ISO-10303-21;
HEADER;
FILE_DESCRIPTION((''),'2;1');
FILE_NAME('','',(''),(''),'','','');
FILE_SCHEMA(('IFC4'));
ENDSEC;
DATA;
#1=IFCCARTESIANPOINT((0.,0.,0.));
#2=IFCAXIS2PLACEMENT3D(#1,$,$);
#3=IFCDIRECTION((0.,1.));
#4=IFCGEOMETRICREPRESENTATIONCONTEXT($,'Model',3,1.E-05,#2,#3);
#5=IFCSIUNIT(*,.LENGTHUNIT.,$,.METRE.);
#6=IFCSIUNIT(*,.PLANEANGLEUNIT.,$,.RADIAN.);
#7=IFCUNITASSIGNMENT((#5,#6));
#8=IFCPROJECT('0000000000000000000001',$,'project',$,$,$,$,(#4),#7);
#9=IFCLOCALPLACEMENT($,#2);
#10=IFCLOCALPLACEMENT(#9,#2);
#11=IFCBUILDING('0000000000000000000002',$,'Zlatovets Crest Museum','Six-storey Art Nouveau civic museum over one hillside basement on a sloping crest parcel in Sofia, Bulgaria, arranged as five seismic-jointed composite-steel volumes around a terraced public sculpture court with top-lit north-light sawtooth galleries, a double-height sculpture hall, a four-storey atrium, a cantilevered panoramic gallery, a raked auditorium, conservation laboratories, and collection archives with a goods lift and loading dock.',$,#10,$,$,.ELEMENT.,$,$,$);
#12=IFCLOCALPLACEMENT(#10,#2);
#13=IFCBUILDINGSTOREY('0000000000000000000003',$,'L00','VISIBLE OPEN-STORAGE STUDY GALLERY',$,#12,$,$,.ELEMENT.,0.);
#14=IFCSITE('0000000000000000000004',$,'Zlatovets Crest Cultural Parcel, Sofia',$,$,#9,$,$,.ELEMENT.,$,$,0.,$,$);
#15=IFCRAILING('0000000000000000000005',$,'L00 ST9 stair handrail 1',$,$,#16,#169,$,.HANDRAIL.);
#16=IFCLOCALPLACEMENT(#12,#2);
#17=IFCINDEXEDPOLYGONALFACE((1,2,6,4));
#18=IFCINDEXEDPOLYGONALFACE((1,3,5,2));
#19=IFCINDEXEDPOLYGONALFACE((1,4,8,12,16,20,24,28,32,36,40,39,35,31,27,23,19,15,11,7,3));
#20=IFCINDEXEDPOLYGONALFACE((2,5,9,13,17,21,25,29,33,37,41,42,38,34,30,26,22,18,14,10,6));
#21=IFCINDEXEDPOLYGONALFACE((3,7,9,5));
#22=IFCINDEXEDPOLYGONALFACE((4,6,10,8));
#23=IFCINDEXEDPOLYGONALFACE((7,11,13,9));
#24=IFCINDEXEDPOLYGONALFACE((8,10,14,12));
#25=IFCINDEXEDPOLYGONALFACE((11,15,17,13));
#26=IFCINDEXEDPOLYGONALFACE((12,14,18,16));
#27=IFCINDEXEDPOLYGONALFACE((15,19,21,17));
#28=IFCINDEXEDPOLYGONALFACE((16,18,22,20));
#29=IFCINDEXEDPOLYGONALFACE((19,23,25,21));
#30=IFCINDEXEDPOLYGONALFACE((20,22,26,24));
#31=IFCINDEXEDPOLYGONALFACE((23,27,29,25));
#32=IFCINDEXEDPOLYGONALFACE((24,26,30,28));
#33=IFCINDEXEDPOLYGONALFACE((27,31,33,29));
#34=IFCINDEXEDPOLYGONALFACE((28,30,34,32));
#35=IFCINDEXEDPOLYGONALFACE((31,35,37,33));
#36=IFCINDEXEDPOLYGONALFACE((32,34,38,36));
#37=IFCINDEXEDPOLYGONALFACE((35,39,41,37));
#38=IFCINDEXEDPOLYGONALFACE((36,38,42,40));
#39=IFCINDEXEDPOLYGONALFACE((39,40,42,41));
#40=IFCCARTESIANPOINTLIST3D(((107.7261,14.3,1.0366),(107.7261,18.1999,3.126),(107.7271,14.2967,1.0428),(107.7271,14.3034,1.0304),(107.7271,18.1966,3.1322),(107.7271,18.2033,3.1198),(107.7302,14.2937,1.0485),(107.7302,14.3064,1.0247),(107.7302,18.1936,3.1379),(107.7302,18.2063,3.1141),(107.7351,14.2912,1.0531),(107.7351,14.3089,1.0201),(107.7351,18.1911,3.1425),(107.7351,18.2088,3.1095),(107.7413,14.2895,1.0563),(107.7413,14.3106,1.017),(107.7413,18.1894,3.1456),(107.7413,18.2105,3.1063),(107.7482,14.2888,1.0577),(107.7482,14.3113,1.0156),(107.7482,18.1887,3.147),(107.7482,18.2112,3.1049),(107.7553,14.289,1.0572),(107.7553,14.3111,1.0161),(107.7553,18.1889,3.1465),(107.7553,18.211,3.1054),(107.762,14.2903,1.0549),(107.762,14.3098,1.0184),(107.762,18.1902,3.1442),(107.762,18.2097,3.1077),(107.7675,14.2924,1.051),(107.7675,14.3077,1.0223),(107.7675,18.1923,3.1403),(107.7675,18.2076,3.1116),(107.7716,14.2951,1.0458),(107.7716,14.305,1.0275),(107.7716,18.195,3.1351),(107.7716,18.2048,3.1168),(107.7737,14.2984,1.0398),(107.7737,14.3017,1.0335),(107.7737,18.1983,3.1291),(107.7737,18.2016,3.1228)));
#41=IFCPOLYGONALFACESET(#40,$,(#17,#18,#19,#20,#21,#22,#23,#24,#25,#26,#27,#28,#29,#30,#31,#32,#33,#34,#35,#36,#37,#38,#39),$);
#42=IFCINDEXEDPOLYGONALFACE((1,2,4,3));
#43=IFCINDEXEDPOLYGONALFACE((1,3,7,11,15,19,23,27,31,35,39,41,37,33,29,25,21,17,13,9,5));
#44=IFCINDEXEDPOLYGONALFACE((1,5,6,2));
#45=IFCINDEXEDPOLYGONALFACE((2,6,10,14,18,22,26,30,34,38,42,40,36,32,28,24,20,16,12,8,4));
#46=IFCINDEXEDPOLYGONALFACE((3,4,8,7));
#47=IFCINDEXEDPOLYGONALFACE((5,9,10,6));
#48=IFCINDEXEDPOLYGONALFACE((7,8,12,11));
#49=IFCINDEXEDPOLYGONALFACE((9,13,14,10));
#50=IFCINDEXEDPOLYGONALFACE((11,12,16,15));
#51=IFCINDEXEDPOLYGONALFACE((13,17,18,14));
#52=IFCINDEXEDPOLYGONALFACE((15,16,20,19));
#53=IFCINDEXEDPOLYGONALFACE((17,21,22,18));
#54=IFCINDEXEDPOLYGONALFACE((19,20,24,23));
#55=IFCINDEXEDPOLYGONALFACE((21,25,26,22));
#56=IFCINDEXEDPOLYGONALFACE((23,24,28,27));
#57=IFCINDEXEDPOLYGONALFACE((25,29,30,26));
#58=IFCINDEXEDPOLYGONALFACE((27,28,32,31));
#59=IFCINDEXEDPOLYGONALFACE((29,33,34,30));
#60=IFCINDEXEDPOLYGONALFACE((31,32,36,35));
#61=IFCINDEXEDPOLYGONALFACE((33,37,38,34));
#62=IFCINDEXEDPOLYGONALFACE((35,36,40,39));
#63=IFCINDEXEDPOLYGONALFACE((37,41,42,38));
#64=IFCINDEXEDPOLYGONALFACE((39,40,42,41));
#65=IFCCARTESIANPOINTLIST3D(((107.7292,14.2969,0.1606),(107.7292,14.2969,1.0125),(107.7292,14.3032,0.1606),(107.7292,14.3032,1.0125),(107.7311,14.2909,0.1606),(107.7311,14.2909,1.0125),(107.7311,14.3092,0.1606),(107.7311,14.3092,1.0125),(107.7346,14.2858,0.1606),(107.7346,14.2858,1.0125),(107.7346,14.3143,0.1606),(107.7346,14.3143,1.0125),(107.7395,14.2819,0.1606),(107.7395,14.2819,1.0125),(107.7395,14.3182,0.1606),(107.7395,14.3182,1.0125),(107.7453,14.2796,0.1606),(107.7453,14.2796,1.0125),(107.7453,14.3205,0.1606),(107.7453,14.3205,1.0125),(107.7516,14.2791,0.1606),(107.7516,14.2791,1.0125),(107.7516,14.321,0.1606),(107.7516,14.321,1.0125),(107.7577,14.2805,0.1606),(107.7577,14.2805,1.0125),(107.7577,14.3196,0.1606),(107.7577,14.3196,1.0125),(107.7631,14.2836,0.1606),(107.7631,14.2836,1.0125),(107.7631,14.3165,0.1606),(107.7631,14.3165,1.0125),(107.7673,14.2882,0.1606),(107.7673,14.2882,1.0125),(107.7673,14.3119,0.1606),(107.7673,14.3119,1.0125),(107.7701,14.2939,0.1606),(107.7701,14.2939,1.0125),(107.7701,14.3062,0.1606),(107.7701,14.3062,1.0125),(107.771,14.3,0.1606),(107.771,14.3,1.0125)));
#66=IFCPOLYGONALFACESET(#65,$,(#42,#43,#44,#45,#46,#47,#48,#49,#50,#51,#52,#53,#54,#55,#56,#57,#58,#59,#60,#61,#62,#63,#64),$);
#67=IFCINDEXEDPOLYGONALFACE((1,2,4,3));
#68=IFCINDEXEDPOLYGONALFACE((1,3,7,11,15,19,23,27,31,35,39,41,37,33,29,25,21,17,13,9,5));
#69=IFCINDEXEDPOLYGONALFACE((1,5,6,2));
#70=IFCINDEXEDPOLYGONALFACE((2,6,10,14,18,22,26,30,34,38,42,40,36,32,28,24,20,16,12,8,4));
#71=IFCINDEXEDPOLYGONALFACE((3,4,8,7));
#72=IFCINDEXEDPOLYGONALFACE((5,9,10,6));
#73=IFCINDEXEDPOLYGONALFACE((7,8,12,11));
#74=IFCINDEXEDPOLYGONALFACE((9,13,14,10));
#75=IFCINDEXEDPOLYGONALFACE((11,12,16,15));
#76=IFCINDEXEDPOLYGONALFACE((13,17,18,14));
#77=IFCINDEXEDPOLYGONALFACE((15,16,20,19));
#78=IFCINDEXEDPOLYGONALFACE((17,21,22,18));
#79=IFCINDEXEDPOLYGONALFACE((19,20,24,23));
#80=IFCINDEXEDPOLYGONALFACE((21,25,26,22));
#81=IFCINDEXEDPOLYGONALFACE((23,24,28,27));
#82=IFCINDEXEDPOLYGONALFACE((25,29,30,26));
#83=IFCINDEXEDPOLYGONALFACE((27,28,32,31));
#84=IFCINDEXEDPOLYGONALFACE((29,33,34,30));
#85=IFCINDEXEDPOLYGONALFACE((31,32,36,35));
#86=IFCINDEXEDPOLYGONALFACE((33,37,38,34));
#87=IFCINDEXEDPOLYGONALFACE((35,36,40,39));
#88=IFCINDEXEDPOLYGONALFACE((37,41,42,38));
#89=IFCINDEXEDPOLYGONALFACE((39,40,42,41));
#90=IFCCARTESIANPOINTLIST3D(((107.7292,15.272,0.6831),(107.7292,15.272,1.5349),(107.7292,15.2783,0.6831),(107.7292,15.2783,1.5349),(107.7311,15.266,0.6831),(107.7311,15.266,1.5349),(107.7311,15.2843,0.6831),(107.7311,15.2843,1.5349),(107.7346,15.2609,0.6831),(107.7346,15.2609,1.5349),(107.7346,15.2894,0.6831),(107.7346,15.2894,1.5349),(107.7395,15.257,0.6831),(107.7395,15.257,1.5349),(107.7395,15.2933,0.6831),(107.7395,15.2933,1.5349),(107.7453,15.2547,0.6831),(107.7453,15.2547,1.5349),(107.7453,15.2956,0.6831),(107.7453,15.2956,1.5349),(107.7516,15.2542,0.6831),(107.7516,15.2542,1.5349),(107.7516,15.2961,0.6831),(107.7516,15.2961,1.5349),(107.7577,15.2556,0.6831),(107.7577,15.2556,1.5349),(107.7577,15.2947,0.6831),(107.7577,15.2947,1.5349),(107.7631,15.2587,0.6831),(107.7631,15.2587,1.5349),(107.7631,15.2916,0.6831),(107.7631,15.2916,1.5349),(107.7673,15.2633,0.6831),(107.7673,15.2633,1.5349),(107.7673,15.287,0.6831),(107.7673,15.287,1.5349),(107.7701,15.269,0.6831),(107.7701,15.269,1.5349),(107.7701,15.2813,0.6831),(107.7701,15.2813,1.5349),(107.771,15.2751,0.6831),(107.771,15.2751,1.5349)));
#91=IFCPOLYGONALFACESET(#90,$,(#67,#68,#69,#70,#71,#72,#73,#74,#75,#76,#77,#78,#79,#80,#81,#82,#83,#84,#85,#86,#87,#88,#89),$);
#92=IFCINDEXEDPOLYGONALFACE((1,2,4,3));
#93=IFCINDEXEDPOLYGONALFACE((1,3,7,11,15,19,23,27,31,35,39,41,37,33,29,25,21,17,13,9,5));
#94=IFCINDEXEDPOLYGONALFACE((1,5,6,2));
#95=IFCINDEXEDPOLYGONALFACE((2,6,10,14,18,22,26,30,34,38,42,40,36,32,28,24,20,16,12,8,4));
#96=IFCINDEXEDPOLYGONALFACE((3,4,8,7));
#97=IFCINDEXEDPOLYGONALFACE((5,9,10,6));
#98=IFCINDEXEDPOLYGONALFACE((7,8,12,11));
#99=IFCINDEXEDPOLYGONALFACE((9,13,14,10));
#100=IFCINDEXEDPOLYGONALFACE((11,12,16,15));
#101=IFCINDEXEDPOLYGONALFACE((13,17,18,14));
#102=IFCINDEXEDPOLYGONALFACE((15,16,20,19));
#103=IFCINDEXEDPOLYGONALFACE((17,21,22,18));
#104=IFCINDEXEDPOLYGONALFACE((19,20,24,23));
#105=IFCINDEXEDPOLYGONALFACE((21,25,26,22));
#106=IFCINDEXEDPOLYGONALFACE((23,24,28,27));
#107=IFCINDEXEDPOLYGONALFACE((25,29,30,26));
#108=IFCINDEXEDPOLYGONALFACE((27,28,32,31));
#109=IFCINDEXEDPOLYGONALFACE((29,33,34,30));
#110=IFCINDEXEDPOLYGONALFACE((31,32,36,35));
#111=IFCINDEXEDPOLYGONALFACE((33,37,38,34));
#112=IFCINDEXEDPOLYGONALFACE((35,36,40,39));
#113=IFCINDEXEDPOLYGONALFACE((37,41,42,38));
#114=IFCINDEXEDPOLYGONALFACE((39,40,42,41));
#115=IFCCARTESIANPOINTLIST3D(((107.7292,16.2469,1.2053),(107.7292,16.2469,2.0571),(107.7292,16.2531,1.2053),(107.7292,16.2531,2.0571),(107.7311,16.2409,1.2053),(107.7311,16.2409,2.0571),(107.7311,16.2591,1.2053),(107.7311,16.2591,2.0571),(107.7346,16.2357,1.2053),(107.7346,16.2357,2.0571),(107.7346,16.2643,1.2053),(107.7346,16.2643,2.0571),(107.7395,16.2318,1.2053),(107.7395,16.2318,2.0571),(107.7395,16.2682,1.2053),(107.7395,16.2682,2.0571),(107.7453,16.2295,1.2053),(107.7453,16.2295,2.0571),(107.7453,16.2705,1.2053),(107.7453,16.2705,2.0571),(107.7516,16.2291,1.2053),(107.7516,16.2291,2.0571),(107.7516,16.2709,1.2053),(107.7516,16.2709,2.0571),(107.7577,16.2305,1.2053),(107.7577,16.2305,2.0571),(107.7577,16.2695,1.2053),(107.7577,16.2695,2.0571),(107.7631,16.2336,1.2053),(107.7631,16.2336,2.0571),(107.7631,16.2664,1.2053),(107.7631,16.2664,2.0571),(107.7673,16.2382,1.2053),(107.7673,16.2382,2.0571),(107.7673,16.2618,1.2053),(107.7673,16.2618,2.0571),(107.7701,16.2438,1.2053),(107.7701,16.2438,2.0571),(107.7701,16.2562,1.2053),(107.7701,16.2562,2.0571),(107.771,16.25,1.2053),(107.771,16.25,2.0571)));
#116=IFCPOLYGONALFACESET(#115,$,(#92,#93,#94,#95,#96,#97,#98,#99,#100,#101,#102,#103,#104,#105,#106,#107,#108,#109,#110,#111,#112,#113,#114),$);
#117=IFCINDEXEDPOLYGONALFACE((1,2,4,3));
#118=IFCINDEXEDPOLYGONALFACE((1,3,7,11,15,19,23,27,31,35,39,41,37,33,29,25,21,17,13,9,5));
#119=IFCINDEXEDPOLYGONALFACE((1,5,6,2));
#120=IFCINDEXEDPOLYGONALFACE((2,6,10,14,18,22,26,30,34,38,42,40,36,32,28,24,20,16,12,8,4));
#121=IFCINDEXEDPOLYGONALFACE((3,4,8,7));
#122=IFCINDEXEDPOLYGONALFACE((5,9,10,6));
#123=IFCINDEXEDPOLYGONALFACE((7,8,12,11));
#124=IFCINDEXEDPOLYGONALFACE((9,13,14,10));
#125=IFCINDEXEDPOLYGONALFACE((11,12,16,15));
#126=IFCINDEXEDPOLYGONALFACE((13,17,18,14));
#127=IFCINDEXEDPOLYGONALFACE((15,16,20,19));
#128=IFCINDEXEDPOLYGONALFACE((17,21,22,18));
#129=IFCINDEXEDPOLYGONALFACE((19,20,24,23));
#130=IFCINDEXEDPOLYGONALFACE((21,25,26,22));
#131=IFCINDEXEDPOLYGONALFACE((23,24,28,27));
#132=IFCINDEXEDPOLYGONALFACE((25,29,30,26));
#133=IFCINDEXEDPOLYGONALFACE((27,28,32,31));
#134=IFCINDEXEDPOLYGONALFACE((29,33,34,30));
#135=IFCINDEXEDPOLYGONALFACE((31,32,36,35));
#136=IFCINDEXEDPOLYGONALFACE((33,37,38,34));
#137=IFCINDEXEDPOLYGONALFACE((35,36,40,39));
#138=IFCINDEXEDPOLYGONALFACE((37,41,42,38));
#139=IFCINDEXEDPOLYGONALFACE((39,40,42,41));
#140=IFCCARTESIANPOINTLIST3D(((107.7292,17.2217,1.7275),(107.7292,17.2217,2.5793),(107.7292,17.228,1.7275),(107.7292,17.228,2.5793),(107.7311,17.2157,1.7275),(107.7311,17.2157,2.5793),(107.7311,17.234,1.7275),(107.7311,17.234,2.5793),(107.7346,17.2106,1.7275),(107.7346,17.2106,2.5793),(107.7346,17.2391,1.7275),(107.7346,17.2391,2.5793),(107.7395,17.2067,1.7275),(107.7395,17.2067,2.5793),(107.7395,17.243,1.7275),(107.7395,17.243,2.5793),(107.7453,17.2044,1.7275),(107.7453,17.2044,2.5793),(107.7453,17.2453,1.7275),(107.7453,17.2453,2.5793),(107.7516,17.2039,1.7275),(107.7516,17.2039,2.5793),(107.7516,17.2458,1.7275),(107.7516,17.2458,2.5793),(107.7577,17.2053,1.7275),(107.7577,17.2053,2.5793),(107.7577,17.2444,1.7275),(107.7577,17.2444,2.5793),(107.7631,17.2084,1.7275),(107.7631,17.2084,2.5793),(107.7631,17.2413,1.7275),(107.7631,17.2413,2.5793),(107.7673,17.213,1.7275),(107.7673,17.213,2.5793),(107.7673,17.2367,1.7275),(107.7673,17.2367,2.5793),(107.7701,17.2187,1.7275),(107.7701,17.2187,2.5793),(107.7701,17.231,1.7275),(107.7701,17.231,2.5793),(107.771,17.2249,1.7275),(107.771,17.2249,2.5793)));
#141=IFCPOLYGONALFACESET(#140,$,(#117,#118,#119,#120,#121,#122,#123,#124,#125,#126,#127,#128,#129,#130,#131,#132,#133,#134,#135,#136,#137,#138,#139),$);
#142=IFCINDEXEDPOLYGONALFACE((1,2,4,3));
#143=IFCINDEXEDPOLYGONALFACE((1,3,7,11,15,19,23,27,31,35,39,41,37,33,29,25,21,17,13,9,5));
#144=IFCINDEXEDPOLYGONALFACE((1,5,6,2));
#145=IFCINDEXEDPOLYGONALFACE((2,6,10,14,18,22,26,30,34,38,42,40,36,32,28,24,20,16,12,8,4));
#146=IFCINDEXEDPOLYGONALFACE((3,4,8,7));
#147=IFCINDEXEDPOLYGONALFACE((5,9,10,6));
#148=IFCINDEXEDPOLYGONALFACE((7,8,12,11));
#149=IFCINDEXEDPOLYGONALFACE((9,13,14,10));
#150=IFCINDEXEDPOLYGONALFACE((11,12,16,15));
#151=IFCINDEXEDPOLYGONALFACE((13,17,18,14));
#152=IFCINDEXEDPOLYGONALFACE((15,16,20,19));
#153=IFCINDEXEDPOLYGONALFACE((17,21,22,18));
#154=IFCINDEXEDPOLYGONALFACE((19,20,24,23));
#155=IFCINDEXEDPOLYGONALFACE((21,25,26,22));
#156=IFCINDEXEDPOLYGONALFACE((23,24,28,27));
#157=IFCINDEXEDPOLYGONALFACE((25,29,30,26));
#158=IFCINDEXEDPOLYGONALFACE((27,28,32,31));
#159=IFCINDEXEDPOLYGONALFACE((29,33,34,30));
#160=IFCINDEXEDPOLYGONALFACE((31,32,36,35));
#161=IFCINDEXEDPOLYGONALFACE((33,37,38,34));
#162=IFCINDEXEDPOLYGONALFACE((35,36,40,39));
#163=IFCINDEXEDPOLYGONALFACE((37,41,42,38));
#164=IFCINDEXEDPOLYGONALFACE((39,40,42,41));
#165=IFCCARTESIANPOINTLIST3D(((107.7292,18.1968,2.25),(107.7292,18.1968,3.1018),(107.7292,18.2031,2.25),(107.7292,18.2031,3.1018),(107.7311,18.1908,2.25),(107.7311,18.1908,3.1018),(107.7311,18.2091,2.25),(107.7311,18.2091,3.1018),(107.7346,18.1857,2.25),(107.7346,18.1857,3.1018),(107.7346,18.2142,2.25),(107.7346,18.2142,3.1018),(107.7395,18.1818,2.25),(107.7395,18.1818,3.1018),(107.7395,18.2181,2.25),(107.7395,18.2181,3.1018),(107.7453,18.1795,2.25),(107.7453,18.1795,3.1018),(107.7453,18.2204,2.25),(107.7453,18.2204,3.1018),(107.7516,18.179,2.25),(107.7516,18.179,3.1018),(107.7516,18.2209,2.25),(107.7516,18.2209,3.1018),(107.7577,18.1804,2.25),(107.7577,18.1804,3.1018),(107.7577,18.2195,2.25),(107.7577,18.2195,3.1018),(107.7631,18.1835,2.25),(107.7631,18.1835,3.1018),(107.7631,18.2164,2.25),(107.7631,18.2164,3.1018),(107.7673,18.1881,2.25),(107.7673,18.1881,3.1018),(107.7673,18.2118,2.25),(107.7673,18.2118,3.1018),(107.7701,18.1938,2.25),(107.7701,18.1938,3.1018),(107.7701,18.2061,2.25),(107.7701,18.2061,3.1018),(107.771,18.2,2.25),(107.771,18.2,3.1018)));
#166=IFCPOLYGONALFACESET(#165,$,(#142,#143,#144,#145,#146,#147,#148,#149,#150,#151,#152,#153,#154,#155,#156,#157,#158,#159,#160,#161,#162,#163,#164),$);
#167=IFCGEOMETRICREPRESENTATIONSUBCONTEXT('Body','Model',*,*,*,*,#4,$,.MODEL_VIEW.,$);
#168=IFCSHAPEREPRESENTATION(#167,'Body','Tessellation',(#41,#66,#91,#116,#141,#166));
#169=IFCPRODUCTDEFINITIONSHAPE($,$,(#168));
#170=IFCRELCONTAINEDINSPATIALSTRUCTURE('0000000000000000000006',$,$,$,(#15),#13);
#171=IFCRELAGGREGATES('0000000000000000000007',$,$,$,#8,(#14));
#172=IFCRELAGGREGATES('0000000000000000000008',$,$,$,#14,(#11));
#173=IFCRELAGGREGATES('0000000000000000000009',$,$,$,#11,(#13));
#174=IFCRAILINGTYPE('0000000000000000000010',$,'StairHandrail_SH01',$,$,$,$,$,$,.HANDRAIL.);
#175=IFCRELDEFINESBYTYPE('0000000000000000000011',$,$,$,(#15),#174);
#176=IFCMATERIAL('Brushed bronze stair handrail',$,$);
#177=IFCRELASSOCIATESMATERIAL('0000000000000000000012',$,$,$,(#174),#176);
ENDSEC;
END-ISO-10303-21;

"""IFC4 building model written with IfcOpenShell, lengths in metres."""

from ifc_helpers import new_model, si_unit, direction, frame, origin, origin_2d, place, context, subcontext, project, spatial, circle, extrude, material, type_object, element, save


model = new_model("IFC4")

# Units and contexts
model_context = context("Model", 3, precision=1e-05, world=origin(), true_north=direction((0.0, 1.0)))
body_context = subcontext(model_context, "Body", "Model", "MODEL_VIEW")
ifc_project = project(units=[si_unit("LENGTHUNIT", "METRE"), si_unit("PLANEANGLEUNIT", "RADIAN")], contexts=[model_context])

# Site, building, storey
site_placement = place(None, origin())
site = spatial("IfcSite", under=ifc_project, at=site_placement, Name="Zlatovets Crest Cultural Parcel, Sofia", CompositionType="ELEMENT", RefElevation=0.0)
building_placement = place(site_placement, origin())
building = spatial("IfcBuilding", under=site, at=building_placement, Name="Zlatovets Crest Museum", Description="Six-storey Art Nouveau civic museum over one hillside basement on a sloping crest parcel in Sofia, Bulgaria, arranged as five seismic-jointed composite-steel volumes around a terraced public sculpture court with top-lit north-light sawtooth galleries, a double-height sculpture hall, a four-storey atrium, a cantilevered panoramic gallery, a raked auditorium, conservation laboratories, and collection archives with a goods lift and loading dock.", CompositionType="ELEMENT")
storey_placement = place(building_placement, origin())
storey = spatial("IfcBuildingStorey", under=building, at=storey_placement, Name="L00", Description="VISIBLE OPEN-STORAGE STUDY GALLERY", CompositionType="ELEMENT", Elevation=0.0)

# Railing
ifc_material_1 = material(Name="Brushed bronze stair handrail")
railing_type_1 = type_object("IfcRailingType", Name="StairHandrail_SH01", PredefinedType="HANDRAIL", material=ifc_material_1)
railing_1_placement = place(storey_placement, frame((107.75, 14.3, 0.1606)))
element("IfcRailing", 1, at=railing_1_placement, inside=storey, type_object=railing_type_1, Name="L00 ST9 stair handrail 1", PredefinedType="HANDRAIL", context=body_context, shape_type="SweptSolid", body=[
    extrude(circle(Radius=0.0239, at=origin_2d()), frame((0.0, 0.0, 0.876), z_axis=(0.0, 0.881468, 0.472243), x_axis=(-1.0, 0.0, 0.0)), (0.0, 0.0, 1.0), 4.4243),
    extrude(circle(Radius=0.021, at=origin_2d()), origin(), (0.0, 0.0, 1.0), 0.8518),
    extrude(circle(Radius=0.021, at=origin_2d()), frame((0.0, 0.9751, 0.5225)), (0.0, 0.0, 1.0), 0.8518),
    extrude(circle(Radius=0.021, at=origin_2d()), frame((0.0, 1.95, 1.0447)), (0.0, 0.0, 1.0), 0.8518),
    extrude(circle(Radius=0.021, at=origin_2d()), frame((0.0, 2.9248, 1.5669)), (0.0, 0.0, 1.0), 0.8518),
    extrude(circle(Radius=0.021, at=origin_2d()), frame((0.0, 3.8999, 2.0894)), (0.0, 0.0, 1.0), 0.8518),
])

save(model, "model.ifc")
